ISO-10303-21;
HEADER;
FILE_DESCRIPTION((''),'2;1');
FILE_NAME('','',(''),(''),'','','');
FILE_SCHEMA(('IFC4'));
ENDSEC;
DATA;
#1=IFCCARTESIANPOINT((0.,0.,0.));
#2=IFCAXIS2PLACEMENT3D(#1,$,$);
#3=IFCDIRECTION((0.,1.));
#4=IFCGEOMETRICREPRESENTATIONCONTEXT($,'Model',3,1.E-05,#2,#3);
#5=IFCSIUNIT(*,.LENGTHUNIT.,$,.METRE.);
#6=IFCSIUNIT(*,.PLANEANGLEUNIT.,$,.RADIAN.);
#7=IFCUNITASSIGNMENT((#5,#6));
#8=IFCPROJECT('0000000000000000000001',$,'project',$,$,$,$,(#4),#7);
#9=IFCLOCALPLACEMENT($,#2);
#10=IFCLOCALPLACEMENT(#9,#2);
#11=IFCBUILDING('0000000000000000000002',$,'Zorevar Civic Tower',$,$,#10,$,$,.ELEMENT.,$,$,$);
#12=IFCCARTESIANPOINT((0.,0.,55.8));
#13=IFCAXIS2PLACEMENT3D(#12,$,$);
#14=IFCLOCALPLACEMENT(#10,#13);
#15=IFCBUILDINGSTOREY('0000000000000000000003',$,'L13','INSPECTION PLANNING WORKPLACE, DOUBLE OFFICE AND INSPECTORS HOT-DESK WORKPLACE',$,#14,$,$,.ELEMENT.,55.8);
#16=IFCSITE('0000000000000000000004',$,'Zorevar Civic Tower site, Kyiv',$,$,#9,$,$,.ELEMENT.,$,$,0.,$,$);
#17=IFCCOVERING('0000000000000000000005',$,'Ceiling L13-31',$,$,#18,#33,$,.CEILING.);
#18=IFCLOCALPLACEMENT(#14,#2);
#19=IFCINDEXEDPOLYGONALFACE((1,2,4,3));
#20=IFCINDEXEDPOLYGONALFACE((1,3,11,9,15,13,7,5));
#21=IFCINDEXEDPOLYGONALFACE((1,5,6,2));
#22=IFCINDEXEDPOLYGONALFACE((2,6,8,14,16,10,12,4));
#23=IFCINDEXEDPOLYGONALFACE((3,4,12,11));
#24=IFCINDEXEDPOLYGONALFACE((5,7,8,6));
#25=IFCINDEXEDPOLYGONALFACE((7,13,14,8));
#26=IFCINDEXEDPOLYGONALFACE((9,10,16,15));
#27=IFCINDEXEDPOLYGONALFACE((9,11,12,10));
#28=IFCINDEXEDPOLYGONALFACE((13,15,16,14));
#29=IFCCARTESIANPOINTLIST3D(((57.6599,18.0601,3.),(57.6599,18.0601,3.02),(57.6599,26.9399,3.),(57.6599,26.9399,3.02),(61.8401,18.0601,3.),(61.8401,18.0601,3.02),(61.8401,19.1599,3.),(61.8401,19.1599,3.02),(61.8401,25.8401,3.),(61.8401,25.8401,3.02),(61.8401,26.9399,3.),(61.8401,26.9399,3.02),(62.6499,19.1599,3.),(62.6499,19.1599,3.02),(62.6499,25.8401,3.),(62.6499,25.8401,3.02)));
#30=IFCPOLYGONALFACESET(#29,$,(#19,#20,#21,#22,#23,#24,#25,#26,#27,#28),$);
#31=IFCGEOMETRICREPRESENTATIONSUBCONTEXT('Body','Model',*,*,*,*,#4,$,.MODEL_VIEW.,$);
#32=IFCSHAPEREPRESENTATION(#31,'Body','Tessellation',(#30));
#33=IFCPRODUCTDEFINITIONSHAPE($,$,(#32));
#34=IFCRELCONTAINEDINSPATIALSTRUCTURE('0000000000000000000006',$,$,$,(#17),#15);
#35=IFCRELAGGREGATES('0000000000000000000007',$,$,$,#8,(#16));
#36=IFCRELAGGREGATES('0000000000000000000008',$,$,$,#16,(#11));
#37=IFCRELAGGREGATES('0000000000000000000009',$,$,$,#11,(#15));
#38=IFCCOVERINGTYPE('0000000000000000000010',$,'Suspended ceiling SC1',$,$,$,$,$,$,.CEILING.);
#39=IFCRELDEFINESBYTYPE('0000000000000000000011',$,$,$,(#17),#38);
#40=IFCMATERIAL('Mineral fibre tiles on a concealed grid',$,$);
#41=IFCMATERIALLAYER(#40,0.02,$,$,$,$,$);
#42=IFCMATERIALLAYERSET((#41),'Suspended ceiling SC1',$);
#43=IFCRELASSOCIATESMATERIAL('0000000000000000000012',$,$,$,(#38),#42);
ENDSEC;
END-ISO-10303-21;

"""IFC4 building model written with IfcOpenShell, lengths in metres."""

from ifc_helpers import new_model, si_unit, direction, frame, origin, place, context, subcontext, project, spatial, polyline, outline, extrude, material, layer, layer_set, type_object, element, save


model = new_model("IFC4")

# Units and contexts
model_context = context("Model", 3, precision=1e-05, world=origin(), true_north=direction((0.0, 1.0)))
body_context = subcontext(model_context, "Body", "Model", "MODEL_VIEW")
ifc_project = project(units=[si_unit("LENGTHUNIT", "METRE"), si_unit("PLANEANGLEUNIT", "RADIAN")], contexts=[model_context])

# Site, building, storey
site_placement = place(None, origin())
site = spatial("IfcSite", under=ifc_project, at=site_placement, Name="Zorevar Civic Tower site, Kyiv", CompositionType="ELEMENT", RefElevation=0.0)
building_placement = place(site_placement, origin())
building = spatial("IfcBuilding", under=site, at=building_placement, Name="Zorevar Civic Tower", CompositionType="ELEMENT")
storey_placement = place(building_placement, frame((0.0, 0.0, 55.8)))
storey = spatial("IfcBuildingStorey", under=building, at=storey_placement, Name="L13", Description="INSPECTION PLANNING WORKPLACE, DOUBLE OFFICE AND INSPECTORS HOT-DESK WORKPLACE", CompositionType="ELEMENT", Elevation=55.8)

# Covering
ifc_material_1 = material(Name="Mineral fibre tiles on a concealed grid")
ifc_layer_1 = layer(ifc_material_1, 0.02)
ifc_layer_set_1 = layer_set([ifc_layer_1], Name="Suspended ceiling SC1")
covering_type_1 = type_object("IfcCoveringType", Name="Suspended ceiling SC1", PredefinedType="CEILING", material=ifc_layer_set_1)
covering_1_placement = place(storey_placement, frame((0.0, 0.0, 3.0)))
element("IfcCovering", 1, at=covering_1_placement, inside=storey, type_object=covering_type_1, Name="Ceiling L13-31", PredefinedType="CEILING", context=body_context, shape_type="SweptSolid", body=[
    extrude(outline(polyline([(62.6499, 19.1599), (61.8401, 19.1599), (61.8401, 18.0601), (57.6599, 18.0601), (57.6599, 26.9399), (61.8401, 26.9399), (61.8401, 25.8401), (62.6499, 25.8401), (62.6499, 19.1599)])), origin(), (0.0, 0.0, 1.0), 0.02),
])

save(model, "model.ifc")
